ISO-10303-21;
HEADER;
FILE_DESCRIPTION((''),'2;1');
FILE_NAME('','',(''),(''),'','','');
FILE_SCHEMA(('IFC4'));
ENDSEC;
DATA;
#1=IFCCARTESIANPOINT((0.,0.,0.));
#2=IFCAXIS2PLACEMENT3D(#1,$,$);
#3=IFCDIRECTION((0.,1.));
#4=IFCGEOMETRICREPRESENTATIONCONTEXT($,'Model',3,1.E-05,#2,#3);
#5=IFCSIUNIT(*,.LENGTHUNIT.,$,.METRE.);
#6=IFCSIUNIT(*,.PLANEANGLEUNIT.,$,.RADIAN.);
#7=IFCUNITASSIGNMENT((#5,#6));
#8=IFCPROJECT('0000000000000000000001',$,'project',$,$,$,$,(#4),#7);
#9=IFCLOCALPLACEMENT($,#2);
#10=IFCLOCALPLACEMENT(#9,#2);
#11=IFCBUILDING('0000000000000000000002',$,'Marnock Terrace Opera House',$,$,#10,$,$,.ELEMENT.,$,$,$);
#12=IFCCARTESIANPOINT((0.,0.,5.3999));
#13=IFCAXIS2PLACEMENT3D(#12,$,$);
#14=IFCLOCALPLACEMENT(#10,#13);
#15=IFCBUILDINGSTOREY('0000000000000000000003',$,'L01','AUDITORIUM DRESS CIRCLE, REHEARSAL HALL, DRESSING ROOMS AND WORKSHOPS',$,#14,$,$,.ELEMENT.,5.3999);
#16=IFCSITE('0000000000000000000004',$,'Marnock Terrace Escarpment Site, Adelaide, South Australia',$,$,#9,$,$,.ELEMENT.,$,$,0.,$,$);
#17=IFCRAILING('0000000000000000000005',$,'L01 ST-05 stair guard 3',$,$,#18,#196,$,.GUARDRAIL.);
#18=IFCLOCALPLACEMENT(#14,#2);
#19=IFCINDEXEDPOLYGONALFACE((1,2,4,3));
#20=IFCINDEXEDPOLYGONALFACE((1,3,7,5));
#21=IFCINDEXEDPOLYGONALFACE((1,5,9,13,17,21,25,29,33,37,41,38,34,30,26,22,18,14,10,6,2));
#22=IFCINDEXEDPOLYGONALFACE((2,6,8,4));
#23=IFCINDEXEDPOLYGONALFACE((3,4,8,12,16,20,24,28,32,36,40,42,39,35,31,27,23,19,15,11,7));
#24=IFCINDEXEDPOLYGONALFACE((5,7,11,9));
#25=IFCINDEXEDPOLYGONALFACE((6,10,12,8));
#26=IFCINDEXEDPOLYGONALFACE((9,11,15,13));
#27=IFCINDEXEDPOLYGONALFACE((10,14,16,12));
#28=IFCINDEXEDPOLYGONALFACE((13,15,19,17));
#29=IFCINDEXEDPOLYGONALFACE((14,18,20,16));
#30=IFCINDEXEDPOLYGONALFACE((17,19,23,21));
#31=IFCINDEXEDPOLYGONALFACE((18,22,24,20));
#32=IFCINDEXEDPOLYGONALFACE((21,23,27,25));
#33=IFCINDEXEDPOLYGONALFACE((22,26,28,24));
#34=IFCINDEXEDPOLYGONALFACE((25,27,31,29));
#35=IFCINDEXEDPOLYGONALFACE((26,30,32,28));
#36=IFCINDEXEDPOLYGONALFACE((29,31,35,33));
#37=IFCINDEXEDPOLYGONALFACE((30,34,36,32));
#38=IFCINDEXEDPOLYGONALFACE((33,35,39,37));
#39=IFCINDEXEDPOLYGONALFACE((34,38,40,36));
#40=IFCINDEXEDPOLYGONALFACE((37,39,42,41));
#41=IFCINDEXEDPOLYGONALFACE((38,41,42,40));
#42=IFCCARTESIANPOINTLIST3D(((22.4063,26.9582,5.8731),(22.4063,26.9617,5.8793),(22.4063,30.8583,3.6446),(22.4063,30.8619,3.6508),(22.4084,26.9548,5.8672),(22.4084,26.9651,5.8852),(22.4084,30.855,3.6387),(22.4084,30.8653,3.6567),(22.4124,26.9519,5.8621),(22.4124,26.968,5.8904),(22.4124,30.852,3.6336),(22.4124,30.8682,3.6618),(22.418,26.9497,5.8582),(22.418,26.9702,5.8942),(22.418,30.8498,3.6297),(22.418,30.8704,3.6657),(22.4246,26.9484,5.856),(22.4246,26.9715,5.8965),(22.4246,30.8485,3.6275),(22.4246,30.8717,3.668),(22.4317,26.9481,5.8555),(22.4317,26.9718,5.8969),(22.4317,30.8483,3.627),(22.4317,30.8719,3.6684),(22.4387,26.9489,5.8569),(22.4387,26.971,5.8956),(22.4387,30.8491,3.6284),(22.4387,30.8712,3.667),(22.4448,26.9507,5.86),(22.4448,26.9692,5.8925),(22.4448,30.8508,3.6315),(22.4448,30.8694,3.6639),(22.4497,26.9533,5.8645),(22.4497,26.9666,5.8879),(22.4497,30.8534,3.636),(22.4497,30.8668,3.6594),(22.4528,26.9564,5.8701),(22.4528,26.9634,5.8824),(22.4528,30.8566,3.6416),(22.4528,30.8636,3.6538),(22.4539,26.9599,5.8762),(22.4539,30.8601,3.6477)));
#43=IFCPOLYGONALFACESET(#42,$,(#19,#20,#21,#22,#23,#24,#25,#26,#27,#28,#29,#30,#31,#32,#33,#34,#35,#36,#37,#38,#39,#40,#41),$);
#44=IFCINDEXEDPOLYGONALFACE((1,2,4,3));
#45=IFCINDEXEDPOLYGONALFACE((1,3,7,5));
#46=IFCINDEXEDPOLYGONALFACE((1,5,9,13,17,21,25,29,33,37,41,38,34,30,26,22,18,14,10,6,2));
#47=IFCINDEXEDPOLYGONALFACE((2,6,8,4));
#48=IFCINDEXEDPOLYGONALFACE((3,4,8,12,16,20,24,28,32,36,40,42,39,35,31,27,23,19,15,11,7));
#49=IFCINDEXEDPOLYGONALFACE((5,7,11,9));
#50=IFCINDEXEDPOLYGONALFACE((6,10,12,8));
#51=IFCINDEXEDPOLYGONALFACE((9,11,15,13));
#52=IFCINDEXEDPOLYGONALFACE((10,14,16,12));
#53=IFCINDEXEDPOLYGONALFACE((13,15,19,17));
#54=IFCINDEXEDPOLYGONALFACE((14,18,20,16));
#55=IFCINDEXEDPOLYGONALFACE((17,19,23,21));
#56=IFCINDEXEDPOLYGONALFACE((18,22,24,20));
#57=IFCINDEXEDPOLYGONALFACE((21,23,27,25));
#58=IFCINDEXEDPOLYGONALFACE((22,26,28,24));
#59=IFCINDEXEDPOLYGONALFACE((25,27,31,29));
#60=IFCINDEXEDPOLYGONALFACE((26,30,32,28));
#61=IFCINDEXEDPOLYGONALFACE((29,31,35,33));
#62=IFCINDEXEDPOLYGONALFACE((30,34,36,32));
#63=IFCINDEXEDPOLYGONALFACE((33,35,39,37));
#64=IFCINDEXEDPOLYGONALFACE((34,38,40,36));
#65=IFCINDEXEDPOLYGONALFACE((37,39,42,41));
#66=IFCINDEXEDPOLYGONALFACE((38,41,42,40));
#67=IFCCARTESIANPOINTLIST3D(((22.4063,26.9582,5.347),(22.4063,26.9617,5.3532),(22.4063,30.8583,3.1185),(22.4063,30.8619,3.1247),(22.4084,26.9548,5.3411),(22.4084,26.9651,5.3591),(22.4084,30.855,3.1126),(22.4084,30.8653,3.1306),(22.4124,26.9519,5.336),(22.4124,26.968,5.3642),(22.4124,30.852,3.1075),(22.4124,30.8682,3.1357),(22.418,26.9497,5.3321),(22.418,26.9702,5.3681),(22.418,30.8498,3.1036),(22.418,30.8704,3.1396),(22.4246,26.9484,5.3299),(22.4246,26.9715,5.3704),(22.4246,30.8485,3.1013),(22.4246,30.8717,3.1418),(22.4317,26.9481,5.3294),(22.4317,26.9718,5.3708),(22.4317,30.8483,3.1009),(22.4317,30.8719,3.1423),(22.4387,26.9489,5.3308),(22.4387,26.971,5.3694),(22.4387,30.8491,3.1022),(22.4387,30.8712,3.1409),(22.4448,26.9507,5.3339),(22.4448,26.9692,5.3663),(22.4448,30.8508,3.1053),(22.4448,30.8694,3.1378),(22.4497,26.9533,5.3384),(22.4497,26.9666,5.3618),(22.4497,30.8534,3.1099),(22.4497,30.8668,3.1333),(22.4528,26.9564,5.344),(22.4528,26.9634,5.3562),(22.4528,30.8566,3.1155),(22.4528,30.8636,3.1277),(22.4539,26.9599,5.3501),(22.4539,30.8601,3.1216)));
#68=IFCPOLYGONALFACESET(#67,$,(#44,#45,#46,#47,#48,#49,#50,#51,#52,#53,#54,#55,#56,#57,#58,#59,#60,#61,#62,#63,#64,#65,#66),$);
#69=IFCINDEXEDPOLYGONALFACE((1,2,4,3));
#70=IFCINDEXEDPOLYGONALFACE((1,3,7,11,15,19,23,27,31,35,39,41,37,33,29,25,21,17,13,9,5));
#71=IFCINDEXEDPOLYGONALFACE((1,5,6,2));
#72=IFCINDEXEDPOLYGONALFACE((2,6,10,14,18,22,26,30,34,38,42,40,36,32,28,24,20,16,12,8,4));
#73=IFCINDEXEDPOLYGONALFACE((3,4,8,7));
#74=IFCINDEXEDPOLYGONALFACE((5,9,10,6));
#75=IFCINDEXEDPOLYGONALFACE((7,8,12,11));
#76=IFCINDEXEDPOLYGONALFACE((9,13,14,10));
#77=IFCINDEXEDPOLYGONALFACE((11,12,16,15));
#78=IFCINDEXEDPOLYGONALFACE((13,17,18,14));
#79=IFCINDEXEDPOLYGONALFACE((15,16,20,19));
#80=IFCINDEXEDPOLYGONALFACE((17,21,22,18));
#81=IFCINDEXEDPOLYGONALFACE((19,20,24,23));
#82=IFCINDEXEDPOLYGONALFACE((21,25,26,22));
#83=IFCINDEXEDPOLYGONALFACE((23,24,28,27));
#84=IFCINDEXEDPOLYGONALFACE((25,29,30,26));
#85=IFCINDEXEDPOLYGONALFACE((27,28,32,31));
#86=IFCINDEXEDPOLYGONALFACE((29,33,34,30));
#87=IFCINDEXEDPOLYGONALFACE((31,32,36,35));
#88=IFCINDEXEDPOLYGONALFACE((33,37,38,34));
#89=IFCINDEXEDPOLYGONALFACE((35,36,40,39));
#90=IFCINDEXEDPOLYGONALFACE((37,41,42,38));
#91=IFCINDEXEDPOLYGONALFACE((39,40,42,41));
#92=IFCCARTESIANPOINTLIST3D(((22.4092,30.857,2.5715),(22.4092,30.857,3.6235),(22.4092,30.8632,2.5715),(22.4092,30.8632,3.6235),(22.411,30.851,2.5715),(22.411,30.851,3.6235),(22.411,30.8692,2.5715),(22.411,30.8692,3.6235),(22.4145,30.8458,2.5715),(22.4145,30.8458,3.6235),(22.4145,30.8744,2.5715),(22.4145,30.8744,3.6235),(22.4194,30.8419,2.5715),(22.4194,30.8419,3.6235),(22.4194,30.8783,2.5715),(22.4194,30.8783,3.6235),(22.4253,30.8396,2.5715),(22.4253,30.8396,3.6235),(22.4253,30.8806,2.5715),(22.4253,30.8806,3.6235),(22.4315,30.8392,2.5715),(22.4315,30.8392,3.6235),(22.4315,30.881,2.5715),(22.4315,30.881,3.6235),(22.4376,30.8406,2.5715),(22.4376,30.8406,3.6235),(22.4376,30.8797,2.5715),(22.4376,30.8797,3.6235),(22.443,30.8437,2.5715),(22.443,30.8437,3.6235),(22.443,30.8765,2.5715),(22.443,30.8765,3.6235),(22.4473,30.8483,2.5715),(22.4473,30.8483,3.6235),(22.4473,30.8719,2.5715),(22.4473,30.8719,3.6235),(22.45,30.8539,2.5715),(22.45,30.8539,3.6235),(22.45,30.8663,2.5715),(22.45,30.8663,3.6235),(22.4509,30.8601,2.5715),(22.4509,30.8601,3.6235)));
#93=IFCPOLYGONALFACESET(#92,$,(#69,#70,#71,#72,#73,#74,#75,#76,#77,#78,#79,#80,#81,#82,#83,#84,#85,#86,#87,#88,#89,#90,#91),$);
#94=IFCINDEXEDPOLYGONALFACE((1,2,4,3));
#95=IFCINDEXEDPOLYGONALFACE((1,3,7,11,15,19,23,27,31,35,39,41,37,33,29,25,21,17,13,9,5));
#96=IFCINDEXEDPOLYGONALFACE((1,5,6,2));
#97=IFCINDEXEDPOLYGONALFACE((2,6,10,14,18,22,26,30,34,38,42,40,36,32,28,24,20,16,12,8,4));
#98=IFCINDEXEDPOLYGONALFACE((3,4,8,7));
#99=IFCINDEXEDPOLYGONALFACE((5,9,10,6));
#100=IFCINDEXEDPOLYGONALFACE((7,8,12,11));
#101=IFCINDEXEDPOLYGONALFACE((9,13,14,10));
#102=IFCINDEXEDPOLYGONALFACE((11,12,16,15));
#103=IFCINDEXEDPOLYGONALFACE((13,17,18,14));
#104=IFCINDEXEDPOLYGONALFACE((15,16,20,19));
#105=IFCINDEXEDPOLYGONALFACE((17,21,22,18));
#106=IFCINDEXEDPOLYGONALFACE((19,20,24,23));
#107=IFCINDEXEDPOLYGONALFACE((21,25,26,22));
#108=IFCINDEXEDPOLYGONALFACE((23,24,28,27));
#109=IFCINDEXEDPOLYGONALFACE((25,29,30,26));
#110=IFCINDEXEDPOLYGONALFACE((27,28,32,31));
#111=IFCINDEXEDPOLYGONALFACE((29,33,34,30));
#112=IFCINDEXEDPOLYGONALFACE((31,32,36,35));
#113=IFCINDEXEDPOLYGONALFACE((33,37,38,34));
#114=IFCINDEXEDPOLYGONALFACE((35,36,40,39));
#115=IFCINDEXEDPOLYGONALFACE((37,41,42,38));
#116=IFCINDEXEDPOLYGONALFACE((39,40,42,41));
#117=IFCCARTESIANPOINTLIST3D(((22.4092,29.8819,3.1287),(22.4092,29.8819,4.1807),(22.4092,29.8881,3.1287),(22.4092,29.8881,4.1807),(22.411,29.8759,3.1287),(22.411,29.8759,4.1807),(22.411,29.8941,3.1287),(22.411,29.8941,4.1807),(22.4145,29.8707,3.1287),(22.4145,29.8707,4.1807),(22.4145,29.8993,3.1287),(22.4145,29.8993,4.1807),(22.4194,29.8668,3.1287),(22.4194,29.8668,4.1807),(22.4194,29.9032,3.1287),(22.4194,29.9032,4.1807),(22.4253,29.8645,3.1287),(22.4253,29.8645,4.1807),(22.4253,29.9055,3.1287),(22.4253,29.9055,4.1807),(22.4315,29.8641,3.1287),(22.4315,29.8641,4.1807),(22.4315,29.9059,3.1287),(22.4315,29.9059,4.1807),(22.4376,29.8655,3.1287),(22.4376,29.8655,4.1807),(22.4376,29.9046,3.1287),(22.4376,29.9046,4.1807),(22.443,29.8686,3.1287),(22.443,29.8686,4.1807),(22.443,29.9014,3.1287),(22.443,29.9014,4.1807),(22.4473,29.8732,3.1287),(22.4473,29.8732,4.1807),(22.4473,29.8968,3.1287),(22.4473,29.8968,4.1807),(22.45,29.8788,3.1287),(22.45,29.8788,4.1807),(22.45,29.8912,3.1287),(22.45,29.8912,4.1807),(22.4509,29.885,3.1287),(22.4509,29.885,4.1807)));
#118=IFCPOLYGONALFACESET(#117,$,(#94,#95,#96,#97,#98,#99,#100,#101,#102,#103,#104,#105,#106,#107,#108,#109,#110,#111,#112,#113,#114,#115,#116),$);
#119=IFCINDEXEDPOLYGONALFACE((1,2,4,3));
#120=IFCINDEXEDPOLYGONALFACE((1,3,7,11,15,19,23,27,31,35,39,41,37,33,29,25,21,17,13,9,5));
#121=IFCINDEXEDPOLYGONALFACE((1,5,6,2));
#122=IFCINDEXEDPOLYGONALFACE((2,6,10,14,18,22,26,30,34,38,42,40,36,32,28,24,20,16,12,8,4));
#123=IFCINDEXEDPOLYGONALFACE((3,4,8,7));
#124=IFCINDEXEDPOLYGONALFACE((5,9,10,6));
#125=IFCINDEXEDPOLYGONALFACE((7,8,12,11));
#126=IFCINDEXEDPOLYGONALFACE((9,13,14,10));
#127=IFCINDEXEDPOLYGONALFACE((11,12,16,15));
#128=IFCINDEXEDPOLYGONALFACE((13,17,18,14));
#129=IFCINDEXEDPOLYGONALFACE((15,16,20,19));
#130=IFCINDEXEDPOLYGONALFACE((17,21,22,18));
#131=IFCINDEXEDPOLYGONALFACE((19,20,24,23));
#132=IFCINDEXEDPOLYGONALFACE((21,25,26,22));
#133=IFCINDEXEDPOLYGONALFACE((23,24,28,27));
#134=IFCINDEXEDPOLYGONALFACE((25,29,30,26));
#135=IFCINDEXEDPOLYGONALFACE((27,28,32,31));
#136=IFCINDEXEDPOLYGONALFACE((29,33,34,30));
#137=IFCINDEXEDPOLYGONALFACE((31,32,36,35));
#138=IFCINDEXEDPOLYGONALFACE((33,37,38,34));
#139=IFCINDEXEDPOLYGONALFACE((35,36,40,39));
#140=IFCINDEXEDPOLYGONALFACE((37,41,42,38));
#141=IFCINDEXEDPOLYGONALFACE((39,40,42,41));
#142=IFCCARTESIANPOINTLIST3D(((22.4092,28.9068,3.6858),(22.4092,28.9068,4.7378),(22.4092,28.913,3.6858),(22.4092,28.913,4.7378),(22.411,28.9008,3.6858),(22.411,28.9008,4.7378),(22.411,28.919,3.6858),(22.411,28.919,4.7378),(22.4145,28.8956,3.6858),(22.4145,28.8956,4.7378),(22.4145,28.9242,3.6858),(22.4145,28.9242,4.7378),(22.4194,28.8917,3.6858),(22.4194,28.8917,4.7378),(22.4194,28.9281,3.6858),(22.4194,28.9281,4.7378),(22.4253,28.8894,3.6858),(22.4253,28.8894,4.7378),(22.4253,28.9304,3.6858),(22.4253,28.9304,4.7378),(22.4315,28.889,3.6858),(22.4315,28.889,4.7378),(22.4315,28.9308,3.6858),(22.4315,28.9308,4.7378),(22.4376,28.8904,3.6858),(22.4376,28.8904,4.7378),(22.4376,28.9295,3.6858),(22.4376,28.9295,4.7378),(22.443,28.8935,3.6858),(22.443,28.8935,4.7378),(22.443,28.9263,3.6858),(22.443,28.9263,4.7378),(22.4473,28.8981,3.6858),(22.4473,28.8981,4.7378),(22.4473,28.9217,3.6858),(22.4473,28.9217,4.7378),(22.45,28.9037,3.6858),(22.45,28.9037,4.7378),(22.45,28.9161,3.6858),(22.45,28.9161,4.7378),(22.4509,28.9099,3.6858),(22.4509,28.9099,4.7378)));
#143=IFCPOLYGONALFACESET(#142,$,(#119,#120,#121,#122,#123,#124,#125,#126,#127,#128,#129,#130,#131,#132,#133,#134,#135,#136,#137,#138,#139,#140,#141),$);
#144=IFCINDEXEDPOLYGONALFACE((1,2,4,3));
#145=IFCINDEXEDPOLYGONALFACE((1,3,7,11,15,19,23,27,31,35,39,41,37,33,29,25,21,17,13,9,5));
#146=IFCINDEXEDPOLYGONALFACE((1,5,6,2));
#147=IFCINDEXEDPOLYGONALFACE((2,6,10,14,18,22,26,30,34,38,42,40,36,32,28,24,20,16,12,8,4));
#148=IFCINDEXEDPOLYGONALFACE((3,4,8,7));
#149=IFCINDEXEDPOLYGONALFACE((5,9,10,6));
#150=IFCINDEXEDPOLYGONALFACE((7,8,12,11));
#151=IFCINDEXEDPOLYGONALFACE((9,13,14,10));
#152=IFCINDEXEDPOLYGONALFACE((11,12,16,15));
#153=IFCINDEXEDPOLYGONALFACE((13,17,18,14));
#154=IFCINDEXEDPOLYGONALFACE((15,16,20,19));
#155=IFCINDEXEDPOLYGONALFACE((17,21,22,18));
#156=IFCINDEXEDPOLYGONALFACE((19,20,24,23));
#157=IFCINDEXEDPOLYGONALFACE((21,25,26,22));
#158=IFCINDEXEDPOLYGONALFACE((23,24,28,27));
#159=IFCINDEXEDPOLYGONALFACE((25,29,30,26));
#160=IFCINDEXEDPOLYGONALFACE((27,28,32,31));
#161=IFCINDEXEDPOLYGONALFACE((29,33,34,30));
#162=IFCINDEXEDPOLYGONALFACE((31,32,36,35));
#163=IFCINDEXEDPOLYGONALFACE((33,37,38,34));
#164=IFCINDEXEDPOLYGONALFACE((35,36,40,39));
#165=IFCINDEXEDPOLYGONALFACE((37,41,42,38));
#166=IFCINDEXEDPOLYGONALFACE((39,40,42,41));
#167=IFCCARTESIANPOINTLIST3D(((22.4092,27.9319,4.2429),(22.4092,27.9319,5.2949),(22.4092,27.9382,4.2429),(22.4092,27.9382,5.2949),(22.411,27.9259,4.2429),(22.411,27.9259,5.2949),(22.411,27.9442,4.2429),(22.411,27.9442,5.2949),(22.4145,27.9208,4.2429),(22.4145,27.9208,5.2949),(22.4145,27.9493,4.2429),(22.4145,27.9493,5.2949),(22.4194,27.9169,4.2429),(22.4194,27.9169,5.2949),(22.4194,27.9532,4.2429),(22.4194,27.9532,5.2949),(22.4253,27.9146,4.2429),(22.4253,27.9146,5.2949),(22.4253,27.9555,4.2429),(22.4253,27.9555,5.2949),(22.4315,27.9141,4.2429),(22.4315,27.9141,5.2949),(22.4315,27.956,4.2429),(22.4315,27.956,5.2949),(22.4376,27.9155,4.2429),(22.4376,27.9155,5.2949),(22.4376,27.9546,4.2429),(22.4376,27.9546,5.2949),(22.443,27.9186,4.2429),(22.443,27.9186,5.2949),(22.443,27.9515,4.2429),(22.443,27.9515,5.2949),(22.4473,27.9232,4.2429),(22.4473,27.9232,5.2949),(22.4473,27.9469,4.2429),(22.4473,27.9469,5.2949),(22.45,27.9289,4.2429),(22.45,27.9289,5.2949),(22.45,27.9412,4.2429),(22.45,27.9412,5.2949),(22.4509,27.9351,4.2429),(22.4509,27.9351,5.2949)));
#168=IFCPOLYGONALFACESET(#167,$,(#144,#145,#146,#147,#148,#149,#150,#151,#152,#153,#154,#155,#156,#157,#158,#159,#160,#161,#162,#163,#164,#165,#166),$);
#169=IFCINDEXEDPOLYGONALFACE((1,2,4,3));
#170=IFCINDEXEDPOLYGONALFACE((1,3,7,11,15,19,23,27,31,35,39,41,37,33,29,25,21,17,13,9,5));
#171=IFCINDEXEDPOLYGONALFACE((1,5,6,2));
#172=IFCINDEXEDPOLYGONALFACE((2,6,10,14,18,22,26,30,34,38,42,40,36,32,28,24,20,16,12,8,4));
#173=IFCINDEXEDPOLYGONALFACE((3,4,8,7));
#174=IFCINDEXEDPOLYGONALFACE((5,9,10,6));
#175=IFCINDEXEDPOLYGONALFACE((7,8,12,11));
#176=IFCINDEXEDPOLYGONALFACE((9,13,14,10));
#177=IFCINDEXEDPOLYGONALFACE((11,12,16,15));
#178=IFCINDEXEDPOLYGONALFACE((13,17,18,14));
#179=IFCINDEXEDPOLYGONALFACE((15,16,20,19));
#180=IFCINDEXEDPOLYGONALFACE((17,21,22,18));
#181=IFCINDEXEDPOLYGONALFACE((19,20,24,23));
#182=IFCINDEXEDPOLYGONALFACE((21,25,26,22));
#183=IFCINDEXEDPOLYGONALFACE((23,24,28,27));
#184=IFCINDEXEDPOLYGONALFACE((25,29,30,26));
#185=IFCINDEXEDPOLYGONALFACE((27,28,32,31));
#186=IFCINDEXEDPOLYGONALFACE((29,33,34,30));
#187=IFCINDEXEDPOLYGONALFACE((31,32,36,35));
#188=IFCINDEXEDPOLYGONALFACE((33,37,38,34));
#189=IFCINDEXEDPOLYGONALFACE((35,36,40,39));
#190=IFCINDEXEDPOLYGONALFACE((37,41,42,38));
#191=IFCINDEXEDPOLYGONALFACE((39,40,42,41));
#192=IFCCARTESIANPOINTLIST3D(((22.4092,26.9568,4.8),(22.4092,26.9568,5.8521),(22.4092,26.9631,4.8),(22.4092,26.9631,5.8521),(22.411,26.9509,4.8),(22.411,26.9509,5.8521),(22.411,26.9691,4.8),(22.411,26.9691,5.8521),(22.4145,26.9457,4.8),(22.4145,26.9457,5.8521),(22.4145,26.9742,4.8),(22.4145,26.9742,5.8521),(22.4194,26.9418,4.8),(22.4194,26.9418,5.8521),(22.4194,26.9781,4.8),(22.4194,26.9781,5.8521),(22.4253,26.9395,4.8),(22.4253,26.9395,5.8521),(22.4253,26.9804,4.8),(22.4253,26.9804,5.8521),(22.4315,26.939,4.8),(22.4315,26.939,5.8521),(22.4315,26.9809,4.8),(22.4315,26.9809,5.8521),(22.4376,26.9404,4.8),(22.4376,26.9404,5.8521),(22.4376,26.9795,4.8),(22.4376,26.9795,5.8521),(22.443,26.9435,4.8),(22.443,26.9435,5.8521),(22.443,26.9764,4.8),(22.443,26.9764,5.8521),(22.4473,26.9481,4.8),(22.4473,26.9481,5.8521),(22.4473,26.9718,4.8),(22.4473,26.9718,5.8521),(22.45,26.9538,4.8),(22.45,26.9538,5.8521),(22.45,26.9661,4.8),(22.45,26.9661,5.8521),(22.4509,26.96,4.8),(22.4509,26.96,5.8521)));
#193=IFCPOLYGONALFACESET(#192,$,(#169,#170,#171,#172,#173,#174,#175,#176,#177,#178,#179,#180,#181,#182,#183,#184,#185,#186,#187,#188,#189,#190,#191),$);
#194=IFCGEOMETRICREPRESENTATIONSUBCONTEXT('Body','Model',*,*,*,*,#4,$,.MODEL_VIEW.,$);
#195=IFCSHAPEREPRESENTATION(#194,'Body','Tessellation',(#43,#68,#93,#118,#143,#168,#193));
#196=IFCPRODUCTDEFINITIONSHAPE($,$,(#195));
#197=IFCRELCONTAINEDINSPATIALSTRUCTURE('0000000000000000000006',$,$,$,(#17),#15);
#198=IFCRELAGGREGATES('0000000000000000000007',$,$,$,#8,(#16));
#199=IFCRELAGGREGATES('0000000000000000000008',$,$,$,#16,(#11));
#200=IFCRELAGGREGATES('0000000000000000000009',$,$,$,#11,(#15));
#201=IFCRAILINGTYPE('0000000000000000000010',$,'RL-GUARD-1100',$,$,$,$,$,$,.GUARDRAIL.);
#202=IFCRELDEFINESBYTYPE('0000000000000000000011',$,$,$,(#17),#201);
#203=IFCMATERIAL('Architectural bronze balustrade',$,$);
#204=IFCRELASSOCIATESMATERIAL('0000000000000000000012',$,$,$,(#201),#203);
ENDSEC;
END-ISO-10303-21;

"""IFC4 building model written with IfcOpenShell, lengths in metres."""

from ifc_helpers import new_model, si_unit, direction, frame, origin, origin_2d, place, context, subcontext, project, spatial, circle, extrude, material, type_object, element, save


model = new_model("IFC4")

# Units and contexts
model_context = context("Model", 3, precision=1e-05, world=origin(), true_north=direction((0.0, 1.0)))
body_context = subcontext(model_context, "Body", "Model", "MODEL_VIEW")
ifc_project = project(units=[si_unit("LENGTHUNIT", "METRE"), si_unit("PLANEANGLEUNIT", "RADIAN")], contexts=[model_context])

# Site, building, storey
site_placement = place(None, origin())
site = spatial("IfcSite", under=ifc_project, at=site_placement, Name="Marnock Terrace Escarpment Site, Adelaide, South Australia", CompositionType="ELEMENT", RefElevation=0.0)
building_placement = place(site_placement, origin())
building = spatial("IfcBuilding", under=site, at=building_placement, Name="Marnock Terrace Opera House", CompositionType="ELEMENT")
storey_placement = place(building_placement, frame((0.0, 0.0, 5.3999)))
storey = spatial("IfcBuildingStorey", under=building, at=storey_placement, Name="L01", Description="AUDITORIUM DRESS CIRCLE, REHEARSAL HALL, DRESSING ROOMS AND WORKSHOPS", CompositionType="ELEMENT", Elevation=5.3999)

# Railing
ifc_material_1 = material(Name="Architectural bronze balustrade")
railing_type_1 = type_object("IfcRailingType", Name="RL-GUARD-1100", PredefinedType="GUARDRAIL", material=ifc_material_1)
railing_1_placement = place(storey_placement, frame((22.4299, 30.8601, 2.5715)))
element("IfcRailing", 1, at=railing_1_placement, inside=storey, type_object=railing_type_1, Name="L01 ST-05 stair guard 3", PredefinedType="GUARDRAIL", context=body_context, shape_type="SweptSolid", body=[
    extrude(circle(Radius=0.0239, at=origin_2d()), frame((0.0, 0.0, 1.0762), z_axis=(0.0, -0.868257, 0.496116), x_axis=(1.0, 0.0, 0.0)), (0.0, 0.0, 1.0), 4.4919),
    extrude(circle(Radius=0.0239, at=origin_2d()), frame((0.0, 0.0, 0.55), z_axis=(0.0, -0.868257, 0.496116), x_axis=(1.0, 0.0, 0.0)), (0.0, 0.0, 1.0), 4.4919),
    extrude(circle(Radius=0.021, at=origin_2d()), origin(), (0.0, 0.0, 1.0), 1.052),
    extrude(circle(Radius=0.021, at=origin_2d()), frame((0.0, -0.9751, 0.5571)), (0.0, 0.0, 1.0), 1.052),
    extrude(circle(Radius=0.021, at=origin_2d()), frame((0.0, -1.9502, 1.1143)), (0.0, 0.0, 1.0), 1.052),
    extrude(circle(Radius=0.021, at=origin_2d()), frame((0.0, -2.925, 1.6714)), (0.0, 0.0, 1.0), 1.052),
    extrude(circle(Radius=0.021, at=origin_2d()), frame((0.0, -3.9001, 2.2285)), (0.0, 0.0, 1.0), 1.052),
])

save(model, "model.ifc")
